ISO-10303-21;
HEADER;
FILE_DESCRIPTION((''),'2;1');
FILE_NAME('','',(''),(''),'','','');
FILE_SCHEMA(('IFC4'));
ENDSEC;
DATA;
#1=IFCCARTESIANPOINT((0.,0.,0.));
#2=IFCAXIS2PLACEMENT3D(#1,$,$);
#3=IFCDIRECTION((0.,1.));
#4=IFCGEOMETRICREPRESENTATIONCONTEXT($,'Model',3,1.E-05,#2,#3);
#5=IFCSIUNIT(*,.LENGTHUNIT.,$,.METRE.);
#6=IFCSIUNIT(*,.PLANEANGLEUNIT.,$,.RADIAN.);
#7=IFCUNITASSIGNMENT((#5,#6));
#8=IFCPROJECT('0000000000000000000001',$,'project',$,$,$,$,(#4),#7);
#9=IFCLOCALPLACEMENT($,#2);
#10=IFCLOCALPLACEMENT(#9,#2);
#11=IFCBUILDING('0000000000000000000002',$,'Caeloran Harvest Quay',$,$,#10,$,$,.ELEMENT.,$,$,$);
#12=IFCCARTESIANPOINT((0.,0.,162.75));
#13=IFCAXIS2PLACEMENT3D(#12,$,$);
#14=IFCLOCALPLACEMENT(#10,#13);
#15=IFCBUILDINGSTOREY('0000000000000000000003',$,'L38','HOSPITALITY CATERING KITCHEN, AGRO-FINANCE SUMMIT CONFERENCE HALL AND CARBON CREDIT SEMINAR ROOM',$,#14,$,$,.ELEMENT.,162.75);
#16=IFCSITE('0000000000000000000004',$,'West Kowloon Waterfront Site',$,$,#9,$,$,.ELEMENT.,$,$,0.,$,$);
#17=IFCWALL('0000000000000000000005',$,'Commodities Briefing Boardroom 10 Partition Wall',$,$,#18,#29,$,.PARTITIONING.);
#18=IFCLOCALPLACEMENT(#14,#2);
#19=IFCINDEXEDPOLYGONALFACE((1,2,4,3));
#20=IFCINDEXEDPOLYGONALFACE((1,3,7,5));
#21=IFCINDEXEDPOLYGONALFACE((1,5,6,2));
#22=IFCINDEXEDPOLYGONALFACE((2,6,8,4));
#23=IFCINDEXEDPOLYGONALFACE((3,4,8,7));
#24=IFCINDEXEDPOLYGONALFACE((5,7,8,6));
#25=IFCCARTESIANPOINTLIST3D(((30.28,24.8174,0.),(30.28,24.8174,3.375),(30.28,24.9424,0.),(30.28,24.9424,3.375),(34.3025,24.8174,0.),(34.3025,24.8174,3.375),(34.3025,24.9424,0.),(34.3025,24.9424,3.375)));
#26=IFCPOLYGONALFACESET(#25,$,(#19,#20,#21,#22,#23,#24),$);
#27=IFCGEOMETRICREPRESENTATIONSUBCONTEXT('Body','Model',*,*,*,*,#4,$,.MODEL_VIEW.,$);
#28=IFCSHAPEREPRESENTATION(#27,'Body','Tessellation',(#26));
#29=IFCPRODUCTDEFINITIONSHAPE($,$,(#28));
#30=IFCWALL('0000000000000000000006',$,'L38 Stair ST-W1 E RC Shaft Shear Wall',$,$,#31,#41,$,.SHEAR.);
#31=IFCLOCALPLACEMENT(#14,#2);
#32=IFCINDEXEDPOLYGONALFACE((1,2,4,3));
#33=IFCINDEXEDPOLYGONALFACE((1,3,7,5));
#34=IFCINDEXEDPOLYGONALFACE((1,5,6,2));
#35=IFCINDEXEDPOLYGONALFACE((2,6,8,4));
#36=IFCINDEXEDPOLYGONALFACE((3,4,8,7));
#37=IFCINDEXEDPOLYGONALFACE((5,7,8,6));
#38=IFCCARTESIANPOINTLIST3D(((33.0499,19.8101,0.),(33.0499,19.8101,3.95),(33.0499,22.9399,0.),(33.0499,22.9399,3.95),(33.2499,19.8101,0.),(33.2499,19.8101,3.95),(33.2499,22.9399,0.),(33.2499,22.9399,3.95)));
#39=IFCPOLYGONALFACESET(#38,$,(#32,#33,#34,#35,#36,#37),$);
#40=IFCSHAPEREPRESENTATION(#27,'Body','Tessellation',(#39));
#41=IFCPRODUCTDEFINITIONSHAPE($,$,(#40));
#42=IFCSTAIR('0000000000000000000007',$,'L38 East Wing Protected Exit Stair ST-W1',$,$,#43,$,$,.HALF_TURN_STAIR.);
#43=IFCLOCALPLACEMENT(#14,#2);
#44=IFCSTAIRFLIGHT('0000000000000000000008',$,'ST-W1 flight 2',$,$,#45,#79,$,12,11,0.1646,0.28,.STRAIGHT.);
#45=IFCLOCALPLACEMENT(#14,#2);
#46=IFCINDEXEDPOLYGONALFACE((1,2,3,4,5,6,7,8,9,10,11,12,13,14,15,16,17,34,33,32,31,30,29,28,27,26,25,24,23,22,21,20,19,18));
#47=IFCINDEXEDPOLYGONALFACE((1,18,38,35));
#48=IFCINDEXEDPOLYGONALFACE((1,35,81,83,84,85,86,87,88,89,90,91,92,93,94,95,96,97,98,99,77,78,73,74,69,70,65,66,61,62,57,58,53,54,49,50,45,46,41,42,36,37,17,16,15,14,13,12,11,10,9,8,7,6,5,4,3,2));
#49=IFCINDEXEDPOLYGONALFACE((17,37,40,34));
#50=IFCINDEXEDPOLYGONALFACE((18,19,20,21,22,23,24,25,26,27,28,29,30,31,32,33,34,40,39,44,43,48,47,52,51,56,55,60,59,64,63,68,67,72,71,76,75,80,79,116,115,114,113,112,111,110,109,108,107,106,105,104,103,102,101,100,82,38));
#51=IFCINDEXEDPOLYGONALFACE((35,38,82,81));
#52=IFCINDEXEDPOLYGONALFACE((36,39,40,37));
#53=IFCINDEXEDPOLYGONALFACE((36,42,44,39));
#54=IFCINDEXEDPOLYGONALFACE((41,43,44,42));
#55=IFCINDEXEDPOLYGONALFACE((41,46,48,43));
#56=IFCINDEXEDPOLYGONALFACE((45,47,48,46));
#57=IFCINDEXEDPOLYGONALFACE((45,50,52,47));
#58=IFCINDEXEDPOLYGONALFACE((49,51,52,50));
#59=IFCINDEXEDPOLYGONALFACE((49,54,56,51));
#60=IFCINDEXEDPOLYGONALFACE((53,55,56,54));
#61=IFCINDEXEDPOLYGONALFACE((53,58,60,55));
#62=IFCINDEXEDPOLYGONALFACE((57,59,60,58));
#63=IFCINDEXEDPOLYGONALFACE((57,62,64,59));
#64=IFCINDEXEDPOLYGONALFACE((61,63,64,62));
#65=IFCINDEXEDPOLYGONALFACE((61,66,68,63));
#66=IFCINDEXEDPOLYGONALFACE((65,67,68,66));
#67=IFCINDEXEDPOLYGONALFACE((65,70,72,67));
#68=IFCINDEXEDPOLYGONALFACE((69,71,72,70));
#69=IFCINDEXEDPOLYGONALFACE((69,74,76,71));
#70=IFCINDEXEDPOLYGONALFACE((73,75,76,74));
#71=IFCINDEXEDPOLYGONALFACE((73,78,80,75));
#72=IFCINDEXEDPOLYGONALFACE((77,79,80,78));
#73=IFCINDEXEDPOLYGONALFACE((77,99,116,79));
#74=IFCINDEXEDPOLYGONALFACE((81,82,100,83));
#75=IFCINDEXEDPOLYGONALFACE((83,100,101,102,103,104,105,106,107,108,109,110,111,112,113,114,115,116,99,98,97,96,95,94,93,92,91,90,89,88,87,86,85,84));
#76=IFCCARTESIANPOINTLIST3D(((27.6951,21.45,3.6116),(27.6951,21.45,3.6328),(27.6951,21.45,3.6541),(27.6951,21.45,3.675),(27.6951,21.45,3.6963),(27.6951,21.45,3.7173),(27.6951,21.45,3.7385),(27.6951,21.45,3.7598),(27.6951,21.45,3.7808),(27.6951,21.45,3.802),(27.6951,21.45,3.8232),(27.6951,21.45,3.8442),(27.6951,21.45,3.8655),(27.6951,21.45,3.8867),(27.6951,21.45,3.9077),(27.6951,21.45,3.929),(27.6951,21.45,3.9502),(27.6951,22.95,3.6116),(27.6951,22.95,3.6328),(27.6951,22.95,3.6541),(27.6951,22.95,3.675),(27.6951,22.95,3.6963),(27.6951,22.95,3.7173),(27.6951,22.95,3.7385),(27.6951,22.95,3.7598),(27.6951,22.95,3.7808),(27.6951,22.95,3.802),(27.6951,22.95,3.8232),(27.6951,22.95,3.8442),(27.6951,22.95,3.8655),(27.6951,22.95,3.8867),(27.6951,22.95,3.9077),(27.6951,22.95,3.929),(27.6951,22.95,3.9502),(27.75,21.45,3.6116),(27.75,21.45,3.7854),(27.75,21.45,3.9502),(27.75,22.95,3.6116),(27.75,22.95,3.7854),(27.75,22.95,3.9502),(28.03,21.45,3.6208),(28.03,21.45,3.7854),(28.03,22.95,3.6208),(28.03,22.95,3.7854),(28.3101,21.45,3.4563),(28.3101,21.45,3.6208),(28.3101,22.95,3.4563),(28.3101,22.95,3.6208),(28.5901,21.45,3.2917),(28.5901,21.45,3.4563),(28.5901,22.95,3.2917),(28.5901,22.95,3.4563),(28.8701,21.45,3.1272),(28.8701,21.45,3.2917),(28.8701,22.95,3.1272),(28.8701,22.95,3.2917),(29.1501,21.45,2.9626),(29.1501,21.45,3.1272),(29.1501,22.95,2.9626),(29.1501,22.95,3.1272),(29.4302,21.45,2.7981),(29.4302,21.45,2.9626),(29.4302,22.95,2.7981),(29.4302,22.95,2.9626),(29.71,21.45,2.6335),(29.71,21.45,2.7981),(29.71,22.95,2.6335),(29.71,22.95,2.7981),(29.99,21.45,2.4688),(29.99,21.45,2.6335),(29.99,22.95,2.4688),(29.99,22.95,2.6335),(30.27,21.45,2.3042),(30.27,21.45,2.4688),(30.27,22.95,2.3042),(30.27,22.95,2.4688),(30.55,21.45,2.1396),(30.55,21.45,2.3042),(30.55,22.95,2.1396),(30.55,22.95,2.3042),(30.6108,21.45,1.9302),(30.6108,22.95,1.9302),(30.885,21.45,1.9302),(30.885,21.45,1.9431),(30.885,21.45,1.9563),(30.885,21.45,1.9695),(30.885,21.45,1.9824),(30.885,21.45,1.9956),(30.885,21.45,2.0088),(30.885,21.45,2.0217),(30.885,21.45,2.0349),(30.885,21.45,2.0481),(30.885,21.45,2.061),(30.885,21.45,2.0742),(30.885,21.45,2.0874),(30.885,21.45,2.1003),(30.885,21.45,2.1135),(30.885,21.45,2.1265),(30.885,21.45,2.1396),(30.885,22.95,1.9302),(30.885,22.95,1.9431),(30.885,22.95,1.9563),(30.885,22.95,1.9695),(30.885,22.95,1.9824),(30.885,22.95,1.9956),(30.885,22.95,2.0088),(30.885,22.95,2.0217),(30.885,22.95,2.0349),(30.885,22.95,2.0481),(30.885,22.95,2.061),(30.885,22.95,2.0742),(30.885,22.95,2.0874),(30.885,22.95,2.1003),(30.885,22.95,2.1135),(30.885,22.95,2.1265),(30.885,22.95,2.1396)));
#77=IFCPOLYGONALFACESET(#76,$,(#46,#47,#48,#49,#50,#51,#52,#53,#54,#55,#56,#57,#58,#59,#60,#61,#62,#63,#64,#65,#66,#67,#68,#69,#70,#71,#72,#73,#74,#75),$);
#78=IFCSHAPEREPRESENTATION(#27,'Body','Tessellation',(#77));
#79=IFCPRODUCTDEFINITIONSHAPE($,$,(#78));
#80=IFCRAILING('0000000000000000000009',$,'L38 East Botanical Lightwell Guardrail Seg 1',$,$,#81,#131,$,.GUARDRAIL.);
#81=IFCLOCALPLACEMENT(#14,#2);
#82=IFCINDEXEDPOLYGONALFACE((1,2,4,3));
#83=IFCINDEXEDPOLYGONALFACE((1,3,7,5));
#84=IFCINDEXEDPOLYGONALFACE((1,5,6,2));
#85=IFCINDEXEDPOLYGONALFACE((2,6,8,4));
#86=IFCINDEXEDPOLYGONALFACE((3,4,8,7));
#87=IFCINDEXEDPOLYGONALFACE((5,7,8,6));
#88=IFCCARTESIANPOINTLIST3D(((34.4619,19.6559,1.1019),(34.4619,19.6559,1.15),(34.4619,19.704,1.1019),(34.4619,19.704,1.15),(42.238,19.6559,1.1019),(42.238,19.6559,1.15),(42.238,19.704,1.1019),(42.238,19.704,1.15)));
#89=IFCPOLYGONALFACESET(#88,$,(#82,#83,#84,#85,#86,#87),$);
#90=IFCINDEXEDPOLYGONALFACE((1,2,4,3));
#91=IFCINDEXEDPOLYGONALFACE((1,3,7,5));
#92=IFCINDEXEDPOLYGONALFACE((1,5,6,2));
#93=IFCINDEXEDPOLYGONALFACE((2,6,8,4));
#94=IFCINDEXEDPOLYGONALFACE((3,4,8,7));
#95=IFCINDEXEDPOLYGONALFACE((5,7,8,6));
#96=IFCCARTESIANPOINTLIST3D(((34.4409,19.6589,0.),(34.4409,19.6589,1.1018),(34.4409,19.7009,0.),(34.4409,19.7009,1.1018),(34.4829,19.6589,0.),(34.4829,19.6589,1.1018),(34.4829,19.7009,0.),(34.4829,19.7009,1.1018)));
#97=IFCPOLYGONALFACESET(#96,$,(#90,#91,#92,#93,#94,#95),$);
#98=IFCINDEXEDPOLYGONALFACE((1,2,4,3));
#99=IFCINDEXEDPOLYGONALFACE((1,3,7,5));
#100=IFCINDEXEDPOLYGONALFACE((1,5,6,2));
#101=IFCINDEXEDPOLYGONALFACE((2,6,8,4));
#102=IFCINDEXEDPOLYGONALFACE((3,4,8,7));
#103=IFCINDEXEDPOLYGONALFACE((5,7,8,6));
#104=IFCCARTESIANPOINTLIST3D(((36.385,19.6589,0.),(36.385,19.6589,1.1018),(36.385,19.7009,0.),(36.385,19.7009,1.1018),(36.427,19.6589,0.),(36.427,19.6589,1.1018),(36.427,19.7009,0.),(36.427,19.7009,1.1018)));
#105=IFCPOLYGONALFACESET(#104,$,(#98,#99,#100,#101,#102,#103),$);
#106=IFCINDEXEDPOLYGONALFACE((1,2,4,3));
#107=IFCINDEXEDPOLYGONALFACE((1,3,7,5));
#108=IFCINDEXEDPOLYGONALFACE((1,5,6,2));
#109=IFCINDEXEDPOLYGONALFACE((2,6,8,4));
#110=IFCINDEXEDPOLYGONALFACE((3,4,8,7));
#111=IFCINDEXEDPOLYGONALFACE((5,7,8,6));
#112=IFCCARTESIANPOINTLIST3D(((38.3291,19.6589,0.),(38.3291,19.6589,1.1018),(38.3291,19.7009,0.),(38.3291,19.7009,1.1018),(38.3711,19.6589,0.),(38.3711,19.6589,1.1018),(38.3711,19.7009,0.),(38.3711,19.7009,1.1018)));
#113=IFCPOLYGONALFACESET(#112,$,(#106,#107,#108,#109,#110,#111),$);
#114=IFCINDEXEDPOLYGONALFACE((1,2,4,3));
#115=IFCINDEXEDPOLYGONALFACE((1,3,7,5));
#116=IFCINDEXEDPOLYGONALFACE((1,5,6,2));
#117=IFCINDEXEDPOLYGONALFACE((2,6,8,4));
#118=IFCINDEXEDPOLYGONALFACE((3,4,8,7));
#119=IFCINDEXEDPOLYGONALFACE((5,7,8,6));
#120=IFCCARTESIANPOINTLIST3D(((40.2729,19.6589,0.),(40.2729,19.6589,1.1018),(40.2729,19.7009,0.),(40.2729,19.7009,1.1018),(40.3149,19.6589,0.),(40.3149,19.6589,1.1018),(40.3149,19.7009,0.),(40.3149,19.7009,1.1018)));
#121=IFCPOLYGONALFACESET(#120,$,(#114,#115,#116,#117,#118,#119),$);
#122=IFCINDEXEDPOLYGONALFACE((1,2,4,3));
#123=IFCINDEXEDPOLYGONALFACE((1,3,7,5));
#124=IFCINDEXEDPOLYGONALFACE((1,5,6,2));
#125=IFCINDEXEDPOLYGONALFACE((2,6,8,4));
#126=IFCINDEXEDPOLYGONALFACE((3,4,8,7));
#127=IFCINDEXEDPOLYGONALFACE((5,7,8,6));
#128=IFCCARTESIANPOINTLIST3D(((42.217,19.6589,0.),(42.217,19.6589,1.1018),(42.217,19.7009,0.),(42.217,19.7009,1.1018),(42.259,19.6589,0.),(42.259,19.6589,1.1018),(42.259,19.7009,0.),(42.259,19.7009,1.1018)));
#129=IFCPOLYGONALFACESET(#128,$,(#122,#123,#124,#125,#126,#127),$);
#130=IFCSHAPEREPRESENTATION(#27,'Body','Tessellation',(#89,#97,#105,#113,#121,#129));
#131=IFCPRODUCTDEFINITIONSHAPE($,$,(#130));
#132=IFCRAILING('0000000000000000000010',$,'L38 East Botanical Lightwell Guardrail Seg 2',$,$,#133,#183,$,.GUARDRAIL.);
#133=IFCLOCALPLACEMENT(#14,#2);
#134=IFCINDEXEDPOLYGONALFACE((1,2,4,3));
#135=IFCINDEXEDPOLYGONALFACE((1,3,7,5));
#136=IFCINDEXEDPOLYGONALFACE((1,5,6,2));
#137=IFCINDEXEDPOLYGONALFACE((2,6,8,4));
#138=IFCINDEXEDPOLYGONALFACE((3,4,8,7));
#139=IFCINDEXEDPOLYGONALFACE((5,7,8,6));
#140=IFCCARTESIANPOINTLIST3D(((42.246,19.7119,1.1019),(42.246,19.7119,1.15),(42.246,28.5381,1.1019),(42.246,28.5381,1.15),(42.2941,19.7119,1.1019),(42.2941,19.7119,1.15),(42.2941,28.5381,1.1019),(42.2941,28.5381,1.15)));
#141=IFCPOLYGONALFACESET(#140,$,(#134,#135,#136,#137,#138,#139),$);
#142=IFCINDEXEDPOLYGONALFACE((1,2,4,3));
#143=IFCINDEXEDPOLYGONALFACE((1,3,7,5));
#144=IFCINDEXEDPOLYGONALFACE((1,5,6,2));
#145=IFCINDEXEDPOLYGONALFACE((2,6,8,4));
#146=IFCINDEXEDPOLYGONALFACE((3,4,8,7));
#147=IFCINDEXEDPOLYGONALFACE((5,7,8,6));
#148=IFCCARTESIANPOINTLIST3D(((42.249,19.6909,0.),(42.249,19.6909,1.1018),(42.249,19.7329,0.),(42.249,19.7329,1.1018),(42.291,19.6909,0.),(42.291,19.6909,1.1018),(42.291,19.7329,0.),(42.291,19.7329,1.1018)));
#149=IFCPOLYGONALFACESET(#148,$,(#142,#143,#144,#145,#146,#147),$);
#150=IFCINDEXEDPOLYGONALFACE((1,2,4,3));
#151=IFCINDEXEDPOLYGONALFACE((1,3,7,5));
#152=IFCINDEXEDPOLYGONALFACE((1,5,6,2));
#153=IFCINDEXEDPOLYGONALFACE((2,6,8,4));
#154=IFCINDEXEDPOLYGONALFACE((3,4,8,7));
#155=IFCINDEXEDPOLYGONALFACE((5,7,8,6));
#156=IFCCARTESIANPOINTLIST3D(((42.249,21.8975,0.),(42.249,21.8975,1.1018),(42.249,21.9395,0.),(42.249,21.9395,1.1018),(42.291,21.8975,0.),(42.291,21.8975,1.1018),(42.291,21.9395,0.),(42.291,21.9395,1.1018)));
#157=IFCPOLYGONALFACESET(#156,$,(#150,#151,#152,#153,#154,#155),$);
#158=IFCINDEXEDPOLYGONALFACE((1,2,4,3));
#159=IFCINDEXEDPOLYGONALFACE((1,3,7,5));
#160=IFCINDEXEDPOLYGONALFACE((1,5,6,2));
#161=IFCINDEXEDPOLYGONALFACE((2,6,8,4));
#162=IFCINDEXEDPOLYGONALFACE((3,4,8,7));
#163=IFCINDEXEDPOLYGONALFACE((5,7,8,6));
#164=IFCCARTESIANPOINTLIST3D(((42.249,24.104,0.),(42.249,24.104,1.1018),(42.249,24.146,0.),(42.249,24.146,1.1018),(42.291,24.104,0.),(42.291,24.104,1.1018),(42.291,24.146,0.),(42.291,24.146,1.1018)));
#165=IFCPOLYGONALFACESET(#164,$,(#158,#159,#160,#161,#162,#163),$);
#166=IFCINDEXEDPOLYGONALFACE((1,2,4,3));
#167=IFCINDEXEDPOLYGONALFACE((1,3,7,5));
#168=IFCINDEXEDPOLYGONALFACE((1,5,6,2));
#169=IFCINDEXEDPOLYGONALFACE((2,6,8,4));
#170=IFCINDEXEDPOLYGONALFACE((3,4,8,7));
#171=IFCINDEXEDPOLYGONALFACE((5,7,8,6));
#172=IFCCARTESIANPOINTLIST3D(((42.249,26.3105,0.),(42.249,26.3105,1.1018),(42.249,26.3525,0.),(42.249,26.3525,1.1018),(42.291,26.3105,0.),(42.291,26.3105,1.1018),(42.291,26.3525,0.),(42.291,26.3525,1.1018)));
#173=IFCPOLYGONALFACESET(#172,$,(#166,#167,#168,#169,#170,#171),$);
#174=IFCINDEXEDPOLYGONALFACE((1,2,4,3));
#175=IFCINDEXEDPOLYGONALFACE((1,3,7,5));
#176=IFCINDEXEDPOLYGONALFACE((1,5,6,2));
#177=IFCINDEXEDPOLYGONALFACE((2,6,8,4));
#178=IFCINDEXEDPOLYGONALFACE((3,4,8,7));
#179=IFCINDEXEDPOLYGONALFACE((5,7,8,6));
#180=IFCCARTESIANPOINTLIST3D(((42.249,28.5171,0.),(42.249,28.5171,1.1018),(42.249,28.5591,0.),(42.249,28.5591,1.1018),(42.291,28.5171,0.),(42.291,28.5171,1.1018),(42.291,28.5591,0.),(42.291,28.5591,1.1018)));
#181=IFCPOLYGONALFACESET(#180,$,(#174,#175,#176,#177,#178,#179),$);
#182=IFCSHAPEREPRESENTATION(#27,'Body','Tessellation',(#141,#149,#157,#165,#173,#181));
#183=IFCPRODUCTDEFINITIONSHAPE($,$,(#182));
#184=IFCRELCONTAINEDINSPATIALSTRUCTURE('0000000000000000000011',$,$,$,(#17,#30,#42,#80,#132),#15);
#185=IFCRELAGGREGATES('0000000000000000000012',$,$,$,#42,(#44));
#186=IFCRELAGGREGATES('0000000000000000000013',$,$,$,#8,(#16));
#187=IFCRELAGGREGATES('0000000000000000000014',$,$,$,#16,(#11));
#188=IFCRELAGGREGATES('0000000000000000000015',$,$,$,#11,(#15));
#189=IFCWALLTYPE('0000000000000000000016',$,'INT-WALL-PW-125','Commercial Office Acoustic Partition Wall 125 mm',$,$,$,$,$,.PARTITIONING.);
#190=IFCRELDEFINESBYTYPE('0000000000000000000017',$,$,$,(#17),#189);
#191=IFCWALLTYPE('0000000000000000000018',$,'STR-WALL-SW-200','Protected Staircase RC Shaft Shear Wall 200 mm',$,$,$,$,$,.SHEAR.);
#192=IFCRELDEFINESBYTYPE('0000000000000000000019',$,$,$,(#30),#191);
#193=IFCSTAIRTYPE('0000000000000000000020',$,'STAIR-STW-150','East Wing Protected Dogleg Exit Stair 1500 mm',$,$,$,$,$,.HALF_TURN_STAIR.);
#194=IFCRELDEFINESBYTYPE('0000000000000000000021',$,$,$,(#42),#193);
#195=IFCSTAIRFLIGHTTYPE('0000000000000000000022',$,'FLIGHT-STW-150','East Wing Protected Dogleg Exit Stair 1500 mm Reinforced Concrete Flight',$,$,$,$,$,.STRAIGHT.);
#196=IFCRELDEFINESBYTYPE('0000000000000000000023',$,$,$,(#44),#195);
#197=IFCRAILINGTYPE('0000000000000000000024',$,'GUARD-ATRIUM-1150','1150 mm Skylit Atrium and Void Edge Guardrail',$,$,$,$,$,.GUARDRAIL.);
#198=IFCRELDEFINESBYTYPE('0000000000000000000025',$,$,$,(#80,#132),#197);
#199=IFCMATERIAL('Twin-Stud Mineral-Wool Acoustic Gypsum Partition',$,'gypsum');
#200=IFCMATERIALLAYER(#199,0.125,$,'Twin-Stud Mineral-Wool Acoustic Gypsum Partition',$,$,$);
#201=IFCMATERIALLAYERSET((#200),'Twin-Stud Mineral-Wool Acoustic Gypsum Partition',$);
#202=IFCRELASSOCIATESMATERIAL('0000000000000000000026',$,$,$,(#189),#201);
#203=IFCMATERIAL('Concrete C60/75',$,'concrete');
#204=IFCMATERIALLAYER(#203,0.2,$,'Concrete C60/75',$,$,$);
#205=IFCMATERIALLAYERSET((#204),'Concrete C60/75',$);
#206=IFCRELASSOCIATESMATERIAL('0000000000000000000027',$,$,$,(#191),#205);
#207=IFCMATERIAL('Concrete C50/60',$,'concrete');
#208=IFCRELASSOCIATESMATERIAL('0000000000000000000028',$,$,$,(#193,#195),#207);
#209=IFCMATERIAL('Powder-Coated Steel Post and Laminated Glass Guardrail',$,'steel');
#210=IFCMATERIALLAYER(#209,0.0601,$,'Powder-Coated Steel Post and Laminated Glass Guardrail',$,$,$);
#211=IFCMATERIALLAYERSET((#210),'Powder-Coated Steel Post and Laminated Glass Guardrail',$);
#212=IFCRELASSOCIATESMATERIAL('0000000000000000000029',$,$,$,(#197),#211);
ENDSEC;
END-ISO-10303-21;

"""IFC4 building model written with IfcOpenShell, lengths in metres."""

from ifc_helpers import new_model, si_unit, direction, frame, frame_2d, origin, origin_2d, place, context, subcontext, project, spatial, polyline, rectangle, outline, extrude, material, layer, layer_set, type_object, element, aggregate, save


model = new_model("IFC4")

# Units and contexts
model_context = context("Model", 3, precision=1e-05, world=origin(), true_north=direction((0.0, 1.0)))
body_context = subcontext(model_context, "Body", "Model", "MODEL_VIEW")
ifc_project = project(units=[si_unit("LENGTHUNIT", "METRE"), si_unit("PLANEANGLEUNIT", "RADIAN")], contexts=[model_context])

# Site, building, storey
site_placement = place(None, origin())
site = spatial("IfcSite", under=ifc_project, at=site_placement, Name="West Kowloon Waterfront Site", CompositionType="ELEMENT", RefElevation=0.0)
building_placement = place(site_placement, origin())
building = spatial("IfcBuilding", under=site, at=building_placement, Name="Caeloran Harvest Quay", CompositionType="ELEMENT")
storey_placement = place(building_placement, frame((0.0, 0.0, 162.75)))
storey = spatial("IfcBuildingStorey", under=building, at=storey_placement, Name="L38", Description="HOSPITALITY CATERING KITCHEN, AGRO-FINANCE SUMMIT CONFERENCE HALL AND CARBON CREDIT SEMINAR ROOM", CompositionType="ELEMENT", Elevation=162.75)

# Shared definitions
ifc_material_1 = material(Name="Twin-Stud Mineral-Wool Acoustic Gypsum Partition", Category="gypsum")
ifc_layer_1 = layer(ifc_material_1, 0.125, Name="Twin-Stud Mineral-Wool Acoustic Gypsum Partition")
ifc_layer_set_1 = layer_set([ifc_layer_1], Name="Twin-Stud Mineral-Wool Acoustic Gypsum Partition")
wall_type_1 = type_object("IfcWallType", Name="INT-WALL-PW-125", Description="Commercial Office Acoustic Partition Wall 125 mm", PredefinedType="PARTITIONING", material=ifc_layer_set_1)

# Walls
wall_1_placement = place(storey_placement, frame((34.3025, 24.8799, 0.0), z_axis=(0.0, 0.0, 1.0), x_axis=(-1.0, 0.0, 0.0)))
element("IfcWall", 1, at=wall_1_placement, inside=storey, type_object=wall_type_1, Name="Commodities Briefing Boardroom 10 Partition Wall", PredefinedType="PARTITIONING", context=body_context, shape_type="SweptSolid", body=[
    extrude(rectangle(XDim=4.0225, YDim=0.125, at=frame_2d((2.0112, 0.0))), origin(), (0.0, 0.0, 1.0), 3.375),
])
ifc_material_2 = material(Name="Concrete C60/75", Category="concrete")
ifc_layer_2 = layer(ifc_material_2, 0.2, Name="Concrete C60/75")
ifc_layer_set_2 = layer_set([ifc_layer_2], Name="Concrete C60/75")
wall_type_2 = type_object("IfcWallType", Name="STR-WALL-SW-200", Description="Protected Staircase RC Shaft Shear Wall 200 mm", PredefinedType="SHEAR", material=ifc_layer_set_2)
wall_2_placement = place(storey_placement, frame((33.1499, 19.8101, 0.0), z_axis=(0.0, 0.0, 1.0), x_axis=(0.0, 1.0, 0.0)))
element("IfcWall", 2, at=wall_2_placement, inside=storey, type_object=wall_type_2, Name="L38 Stair ST-W1 E RC Shaft Shear Wall", PredefinedType="SHEAR", context=body_context, shape_type="SweptSolid", body=[
    extrude(rectangle(XDim=3.1299, YDim=0.2, at=frame_2d((1.5649, 0.0))), origin(), (0.0, 0.0, 1.0), 3.95),
])

# Stair, stair flight
ifc_material_3 = material(Name="Concrete C50/60", Category="concrete")
stair_type = type_object("IfcStairType", Name="STAIR-STW-150", Description="East Wing Protected Dogleg Exit Stair 1500 mm", PredefinedType="HALF_TURN_STAIR", material=ifc_material_3)
stair_placement = place(storey_placement, origin())
stair = element("IfcStair", 3, at=stair_placement, inside=storey, type_object=stair_type, Name="L38 East Wing Protected Exit Stair ST-W1", PredefinedType="HALF_TURN_STAIR")
stair_flight_type = type_object("IfcStairFlightType", Name="FLIGHT-STW-150", Description="East Wing Protected Dogleg Exit Stair 1500 mm Reinforced Concrete Flight", PredefinedType="STRAIGHT", material=ifc_material_3)
stair_flight_placement = place(storey_placement, frame((30.8301, 22.2, 1.9751), z_axis=(0.0, 0.0, 1.0), x_axis=(-1.0, 0.0, 0.0)))
stair_flight = element("IfcStairFlight", 4, at=stair_flight_placement, type_object=stair_flight_type, Name="ST-W1 flight 2", NumberOfRisers=12, NumberOfTreads=11, PredefinedType="STRAIGHT", RiserHeight=0.1646, TreadLength=0.28, context=body_context, shape_type="SweptSolid", body=[
    extrude(outline(polyline([(-0.0549, -0.0449), (-0.0549, -0.032), (-0.0549, -0.0188), (-0.0549, -0.0056), (-0.0549, 0.0073), (-0.0549, 0.0205), (-0.0549, 0.0337), (-0.0549, 0.0466), (-0.0549, 0.0598), (-0.0549, 0.073), (-0.0549, 0.0859), (-0.0549, 0.0991), (-0.0549, 0.1123), (-0.0549, 0.1252), (-0.0549, 0.1384), (-0.0549, 0.1514), (-0.0549, 0.1646), (0.28, 0.1646), (0.28, 0.3291), (0.5601, 0.3291), (0.5601, 0.4937), (0.8401, 0.4937), (0.8401, 0.6584), (1.1201, 0.6584), (1.1201, 0.823), (1.3999, 0.823), (1.3999, 0.9875), (1.6799, 0.9875), (1.6799, 1.1521), (1.96, 1.1521), (1.96, 1.3167), (2.24, 1.3167), (2.24, 1.4812), (2.52, 1.4812), (2.52, 1.6458), (2.8, 1.6458), (2.8, 1.8103), (3.0801, 1.8103), (3.0801, 1.9751), (3.135, 1.9751), (3.135, 1.9539), (3.135, 1.9326), (3.135, 1.9116), (3.135, 1.8904), (3.135, 1.8691), (3.135, 1.8481), (3.135, 1.8269), (3.135, 1.8057), (3.135, 1.7847), (3.135, 1.7634), (3.135, 1.7422), (3.135, 1.7212), (3.135, 1.7), (3.135, 1.679), (3.135, 1.6577), (3.135, 1.6365), (3.0801, 1.6365), (0.2192, -0.0449), (-0.0549, -0.0449)])), frame((0.0, 0.75, 0.0), z_axis=(0.0, -1.0, 0.0), x_axis=(1.0, 0.0, 0.0)), (0.0, 0.0, 1.0), 1.5),
])
aggregate(stair, [stair_flight])

# Railings
ifc_material_4 = material(Name="Powder-Coated Steel Post and Laminated Glass Guardrail", Category="steel")
ifc_layer_3 = layer(ifc_material_4, 0.0601, Name="Powder-Coated Steel Post and Laminated Glass Guardrail")
ifc_layer_set_3 = layer_set([ifc_layer_3], Name="Powder-Coated Steel Post and Laminated Glass Guardrail")
railing_type_1 = type_object("IfcRailingType", Name="GUARD-ATRIUM-1150", Description="1150 mm Skylit Atrium and Void Edge Guardrail", PredefinedType="GUARDRAIL", material=ifc_layer_set_3)
railing_1_placement = place(storey_placement, frame((34.4619, 19.6799, 0.0)))
element("IfcRailing", 5, at=railing_1_placement, inside=storey, type_object=railing_type_1, Name="L38 East Botanical Lightwell Guardrail Seg 1", PredefinedType="GUARDRAIL", context=body_context, shape_type="SweptSolid", body=[
    extrude(rectangle(XDim=0.0481, YDim=0.0481, at=origin_2d()), frame((0.0, 0.0, 1.126), z_axis=(1.0, 0.0, 0.0), x_axis=(0.0, 1.0, 0.0)), (0.0, 0.0, 1.0), 7.7761),
    extrude(rectangle(XDim=0.042, YDim=0.042, at=origin_2d()), origin(), (0.0, 0.0, 1.0), 1.1018),
    extrude(rectangle(XDim=0.042, YDim=0.042, at=origin_2d()), frame((1.9441, 0.0, 0.0)), (0.0, 0.0, 1.0), 1.1018),
    extrude(rectangle(XDim=0.042, YDim=0.042, at=origin_2d()), frame((3.8882, 0.0, 0.0)), (0.0, 0.0, 1.0), 1.1018),
    extrude(rectangle(XDim=0.042, YDim=0.042, at=origin_2d()), frame((5.832, 0.0, 0.0)), (0.0, 0.0, 1.0), 1.1018),
    extrude(rectangle(XDim=0.042, YDim=0.042, at=origin_2d()), frame((7.7761, 0.0, 0.0)), (0.0, 0.0, 1.0), 1.1018),
])
railing_2_placement = place(storey_placement, frame((42.27, 19.7119, 0.0)))
element("IfcRailing", 6, at=railing_2_placement, inside=storey, type_object=railing_type_1, Name="L38 East Botanical Lightwell Guardrail Seg 2", PredefinedType="GUARDRAIL", context=body_context, shape_type="SweptSolid", body=[
    extrude(rectangle(XDim=0.0481, YDim=0.0481, at=origin_2d()), frame((0.0, 0.0, 1.126), z_axis=(0.0, 1.0, 0.0), x_axis=(-1.0, 0.0, 0.0)), (0.0, 0.0, 1.0), 8.8262),
    extrude(rectangle(XDim=0.042, YDim=0.042, at=origin_2d()), origin(), (0.0, 0.0, 1.0), 1.1018),
    extrude(rectangle(XDim=0.042, YDim=0.042, at=origin_2d()), frame((0.0, 2.2065, 0.0)), (0.0, 0.0, 1.0), 1.1018),
    extrude(rectangle(XDim=0.042, YDim=0.042, at=origin_2d()), frame((0.0, 4.4131, 0.0)), (0.0, 0.0, 1.0), 1.1018),
    extrude(rectangle(XDim=0.042, YDim=0.042, at=origin_2d()), frame((0.0, 6.6196, 0.0)), (0.0, 0.0, 1.0), 1.1018),
    extrude(rectangle(XDim=0.042, YDim=0.042, at=origin_2d()), frame((0.0, 8.8262, 0.0)), (0.0, 0.0, 1.0), 1.1018),
])

save(model, "model.ifc")
